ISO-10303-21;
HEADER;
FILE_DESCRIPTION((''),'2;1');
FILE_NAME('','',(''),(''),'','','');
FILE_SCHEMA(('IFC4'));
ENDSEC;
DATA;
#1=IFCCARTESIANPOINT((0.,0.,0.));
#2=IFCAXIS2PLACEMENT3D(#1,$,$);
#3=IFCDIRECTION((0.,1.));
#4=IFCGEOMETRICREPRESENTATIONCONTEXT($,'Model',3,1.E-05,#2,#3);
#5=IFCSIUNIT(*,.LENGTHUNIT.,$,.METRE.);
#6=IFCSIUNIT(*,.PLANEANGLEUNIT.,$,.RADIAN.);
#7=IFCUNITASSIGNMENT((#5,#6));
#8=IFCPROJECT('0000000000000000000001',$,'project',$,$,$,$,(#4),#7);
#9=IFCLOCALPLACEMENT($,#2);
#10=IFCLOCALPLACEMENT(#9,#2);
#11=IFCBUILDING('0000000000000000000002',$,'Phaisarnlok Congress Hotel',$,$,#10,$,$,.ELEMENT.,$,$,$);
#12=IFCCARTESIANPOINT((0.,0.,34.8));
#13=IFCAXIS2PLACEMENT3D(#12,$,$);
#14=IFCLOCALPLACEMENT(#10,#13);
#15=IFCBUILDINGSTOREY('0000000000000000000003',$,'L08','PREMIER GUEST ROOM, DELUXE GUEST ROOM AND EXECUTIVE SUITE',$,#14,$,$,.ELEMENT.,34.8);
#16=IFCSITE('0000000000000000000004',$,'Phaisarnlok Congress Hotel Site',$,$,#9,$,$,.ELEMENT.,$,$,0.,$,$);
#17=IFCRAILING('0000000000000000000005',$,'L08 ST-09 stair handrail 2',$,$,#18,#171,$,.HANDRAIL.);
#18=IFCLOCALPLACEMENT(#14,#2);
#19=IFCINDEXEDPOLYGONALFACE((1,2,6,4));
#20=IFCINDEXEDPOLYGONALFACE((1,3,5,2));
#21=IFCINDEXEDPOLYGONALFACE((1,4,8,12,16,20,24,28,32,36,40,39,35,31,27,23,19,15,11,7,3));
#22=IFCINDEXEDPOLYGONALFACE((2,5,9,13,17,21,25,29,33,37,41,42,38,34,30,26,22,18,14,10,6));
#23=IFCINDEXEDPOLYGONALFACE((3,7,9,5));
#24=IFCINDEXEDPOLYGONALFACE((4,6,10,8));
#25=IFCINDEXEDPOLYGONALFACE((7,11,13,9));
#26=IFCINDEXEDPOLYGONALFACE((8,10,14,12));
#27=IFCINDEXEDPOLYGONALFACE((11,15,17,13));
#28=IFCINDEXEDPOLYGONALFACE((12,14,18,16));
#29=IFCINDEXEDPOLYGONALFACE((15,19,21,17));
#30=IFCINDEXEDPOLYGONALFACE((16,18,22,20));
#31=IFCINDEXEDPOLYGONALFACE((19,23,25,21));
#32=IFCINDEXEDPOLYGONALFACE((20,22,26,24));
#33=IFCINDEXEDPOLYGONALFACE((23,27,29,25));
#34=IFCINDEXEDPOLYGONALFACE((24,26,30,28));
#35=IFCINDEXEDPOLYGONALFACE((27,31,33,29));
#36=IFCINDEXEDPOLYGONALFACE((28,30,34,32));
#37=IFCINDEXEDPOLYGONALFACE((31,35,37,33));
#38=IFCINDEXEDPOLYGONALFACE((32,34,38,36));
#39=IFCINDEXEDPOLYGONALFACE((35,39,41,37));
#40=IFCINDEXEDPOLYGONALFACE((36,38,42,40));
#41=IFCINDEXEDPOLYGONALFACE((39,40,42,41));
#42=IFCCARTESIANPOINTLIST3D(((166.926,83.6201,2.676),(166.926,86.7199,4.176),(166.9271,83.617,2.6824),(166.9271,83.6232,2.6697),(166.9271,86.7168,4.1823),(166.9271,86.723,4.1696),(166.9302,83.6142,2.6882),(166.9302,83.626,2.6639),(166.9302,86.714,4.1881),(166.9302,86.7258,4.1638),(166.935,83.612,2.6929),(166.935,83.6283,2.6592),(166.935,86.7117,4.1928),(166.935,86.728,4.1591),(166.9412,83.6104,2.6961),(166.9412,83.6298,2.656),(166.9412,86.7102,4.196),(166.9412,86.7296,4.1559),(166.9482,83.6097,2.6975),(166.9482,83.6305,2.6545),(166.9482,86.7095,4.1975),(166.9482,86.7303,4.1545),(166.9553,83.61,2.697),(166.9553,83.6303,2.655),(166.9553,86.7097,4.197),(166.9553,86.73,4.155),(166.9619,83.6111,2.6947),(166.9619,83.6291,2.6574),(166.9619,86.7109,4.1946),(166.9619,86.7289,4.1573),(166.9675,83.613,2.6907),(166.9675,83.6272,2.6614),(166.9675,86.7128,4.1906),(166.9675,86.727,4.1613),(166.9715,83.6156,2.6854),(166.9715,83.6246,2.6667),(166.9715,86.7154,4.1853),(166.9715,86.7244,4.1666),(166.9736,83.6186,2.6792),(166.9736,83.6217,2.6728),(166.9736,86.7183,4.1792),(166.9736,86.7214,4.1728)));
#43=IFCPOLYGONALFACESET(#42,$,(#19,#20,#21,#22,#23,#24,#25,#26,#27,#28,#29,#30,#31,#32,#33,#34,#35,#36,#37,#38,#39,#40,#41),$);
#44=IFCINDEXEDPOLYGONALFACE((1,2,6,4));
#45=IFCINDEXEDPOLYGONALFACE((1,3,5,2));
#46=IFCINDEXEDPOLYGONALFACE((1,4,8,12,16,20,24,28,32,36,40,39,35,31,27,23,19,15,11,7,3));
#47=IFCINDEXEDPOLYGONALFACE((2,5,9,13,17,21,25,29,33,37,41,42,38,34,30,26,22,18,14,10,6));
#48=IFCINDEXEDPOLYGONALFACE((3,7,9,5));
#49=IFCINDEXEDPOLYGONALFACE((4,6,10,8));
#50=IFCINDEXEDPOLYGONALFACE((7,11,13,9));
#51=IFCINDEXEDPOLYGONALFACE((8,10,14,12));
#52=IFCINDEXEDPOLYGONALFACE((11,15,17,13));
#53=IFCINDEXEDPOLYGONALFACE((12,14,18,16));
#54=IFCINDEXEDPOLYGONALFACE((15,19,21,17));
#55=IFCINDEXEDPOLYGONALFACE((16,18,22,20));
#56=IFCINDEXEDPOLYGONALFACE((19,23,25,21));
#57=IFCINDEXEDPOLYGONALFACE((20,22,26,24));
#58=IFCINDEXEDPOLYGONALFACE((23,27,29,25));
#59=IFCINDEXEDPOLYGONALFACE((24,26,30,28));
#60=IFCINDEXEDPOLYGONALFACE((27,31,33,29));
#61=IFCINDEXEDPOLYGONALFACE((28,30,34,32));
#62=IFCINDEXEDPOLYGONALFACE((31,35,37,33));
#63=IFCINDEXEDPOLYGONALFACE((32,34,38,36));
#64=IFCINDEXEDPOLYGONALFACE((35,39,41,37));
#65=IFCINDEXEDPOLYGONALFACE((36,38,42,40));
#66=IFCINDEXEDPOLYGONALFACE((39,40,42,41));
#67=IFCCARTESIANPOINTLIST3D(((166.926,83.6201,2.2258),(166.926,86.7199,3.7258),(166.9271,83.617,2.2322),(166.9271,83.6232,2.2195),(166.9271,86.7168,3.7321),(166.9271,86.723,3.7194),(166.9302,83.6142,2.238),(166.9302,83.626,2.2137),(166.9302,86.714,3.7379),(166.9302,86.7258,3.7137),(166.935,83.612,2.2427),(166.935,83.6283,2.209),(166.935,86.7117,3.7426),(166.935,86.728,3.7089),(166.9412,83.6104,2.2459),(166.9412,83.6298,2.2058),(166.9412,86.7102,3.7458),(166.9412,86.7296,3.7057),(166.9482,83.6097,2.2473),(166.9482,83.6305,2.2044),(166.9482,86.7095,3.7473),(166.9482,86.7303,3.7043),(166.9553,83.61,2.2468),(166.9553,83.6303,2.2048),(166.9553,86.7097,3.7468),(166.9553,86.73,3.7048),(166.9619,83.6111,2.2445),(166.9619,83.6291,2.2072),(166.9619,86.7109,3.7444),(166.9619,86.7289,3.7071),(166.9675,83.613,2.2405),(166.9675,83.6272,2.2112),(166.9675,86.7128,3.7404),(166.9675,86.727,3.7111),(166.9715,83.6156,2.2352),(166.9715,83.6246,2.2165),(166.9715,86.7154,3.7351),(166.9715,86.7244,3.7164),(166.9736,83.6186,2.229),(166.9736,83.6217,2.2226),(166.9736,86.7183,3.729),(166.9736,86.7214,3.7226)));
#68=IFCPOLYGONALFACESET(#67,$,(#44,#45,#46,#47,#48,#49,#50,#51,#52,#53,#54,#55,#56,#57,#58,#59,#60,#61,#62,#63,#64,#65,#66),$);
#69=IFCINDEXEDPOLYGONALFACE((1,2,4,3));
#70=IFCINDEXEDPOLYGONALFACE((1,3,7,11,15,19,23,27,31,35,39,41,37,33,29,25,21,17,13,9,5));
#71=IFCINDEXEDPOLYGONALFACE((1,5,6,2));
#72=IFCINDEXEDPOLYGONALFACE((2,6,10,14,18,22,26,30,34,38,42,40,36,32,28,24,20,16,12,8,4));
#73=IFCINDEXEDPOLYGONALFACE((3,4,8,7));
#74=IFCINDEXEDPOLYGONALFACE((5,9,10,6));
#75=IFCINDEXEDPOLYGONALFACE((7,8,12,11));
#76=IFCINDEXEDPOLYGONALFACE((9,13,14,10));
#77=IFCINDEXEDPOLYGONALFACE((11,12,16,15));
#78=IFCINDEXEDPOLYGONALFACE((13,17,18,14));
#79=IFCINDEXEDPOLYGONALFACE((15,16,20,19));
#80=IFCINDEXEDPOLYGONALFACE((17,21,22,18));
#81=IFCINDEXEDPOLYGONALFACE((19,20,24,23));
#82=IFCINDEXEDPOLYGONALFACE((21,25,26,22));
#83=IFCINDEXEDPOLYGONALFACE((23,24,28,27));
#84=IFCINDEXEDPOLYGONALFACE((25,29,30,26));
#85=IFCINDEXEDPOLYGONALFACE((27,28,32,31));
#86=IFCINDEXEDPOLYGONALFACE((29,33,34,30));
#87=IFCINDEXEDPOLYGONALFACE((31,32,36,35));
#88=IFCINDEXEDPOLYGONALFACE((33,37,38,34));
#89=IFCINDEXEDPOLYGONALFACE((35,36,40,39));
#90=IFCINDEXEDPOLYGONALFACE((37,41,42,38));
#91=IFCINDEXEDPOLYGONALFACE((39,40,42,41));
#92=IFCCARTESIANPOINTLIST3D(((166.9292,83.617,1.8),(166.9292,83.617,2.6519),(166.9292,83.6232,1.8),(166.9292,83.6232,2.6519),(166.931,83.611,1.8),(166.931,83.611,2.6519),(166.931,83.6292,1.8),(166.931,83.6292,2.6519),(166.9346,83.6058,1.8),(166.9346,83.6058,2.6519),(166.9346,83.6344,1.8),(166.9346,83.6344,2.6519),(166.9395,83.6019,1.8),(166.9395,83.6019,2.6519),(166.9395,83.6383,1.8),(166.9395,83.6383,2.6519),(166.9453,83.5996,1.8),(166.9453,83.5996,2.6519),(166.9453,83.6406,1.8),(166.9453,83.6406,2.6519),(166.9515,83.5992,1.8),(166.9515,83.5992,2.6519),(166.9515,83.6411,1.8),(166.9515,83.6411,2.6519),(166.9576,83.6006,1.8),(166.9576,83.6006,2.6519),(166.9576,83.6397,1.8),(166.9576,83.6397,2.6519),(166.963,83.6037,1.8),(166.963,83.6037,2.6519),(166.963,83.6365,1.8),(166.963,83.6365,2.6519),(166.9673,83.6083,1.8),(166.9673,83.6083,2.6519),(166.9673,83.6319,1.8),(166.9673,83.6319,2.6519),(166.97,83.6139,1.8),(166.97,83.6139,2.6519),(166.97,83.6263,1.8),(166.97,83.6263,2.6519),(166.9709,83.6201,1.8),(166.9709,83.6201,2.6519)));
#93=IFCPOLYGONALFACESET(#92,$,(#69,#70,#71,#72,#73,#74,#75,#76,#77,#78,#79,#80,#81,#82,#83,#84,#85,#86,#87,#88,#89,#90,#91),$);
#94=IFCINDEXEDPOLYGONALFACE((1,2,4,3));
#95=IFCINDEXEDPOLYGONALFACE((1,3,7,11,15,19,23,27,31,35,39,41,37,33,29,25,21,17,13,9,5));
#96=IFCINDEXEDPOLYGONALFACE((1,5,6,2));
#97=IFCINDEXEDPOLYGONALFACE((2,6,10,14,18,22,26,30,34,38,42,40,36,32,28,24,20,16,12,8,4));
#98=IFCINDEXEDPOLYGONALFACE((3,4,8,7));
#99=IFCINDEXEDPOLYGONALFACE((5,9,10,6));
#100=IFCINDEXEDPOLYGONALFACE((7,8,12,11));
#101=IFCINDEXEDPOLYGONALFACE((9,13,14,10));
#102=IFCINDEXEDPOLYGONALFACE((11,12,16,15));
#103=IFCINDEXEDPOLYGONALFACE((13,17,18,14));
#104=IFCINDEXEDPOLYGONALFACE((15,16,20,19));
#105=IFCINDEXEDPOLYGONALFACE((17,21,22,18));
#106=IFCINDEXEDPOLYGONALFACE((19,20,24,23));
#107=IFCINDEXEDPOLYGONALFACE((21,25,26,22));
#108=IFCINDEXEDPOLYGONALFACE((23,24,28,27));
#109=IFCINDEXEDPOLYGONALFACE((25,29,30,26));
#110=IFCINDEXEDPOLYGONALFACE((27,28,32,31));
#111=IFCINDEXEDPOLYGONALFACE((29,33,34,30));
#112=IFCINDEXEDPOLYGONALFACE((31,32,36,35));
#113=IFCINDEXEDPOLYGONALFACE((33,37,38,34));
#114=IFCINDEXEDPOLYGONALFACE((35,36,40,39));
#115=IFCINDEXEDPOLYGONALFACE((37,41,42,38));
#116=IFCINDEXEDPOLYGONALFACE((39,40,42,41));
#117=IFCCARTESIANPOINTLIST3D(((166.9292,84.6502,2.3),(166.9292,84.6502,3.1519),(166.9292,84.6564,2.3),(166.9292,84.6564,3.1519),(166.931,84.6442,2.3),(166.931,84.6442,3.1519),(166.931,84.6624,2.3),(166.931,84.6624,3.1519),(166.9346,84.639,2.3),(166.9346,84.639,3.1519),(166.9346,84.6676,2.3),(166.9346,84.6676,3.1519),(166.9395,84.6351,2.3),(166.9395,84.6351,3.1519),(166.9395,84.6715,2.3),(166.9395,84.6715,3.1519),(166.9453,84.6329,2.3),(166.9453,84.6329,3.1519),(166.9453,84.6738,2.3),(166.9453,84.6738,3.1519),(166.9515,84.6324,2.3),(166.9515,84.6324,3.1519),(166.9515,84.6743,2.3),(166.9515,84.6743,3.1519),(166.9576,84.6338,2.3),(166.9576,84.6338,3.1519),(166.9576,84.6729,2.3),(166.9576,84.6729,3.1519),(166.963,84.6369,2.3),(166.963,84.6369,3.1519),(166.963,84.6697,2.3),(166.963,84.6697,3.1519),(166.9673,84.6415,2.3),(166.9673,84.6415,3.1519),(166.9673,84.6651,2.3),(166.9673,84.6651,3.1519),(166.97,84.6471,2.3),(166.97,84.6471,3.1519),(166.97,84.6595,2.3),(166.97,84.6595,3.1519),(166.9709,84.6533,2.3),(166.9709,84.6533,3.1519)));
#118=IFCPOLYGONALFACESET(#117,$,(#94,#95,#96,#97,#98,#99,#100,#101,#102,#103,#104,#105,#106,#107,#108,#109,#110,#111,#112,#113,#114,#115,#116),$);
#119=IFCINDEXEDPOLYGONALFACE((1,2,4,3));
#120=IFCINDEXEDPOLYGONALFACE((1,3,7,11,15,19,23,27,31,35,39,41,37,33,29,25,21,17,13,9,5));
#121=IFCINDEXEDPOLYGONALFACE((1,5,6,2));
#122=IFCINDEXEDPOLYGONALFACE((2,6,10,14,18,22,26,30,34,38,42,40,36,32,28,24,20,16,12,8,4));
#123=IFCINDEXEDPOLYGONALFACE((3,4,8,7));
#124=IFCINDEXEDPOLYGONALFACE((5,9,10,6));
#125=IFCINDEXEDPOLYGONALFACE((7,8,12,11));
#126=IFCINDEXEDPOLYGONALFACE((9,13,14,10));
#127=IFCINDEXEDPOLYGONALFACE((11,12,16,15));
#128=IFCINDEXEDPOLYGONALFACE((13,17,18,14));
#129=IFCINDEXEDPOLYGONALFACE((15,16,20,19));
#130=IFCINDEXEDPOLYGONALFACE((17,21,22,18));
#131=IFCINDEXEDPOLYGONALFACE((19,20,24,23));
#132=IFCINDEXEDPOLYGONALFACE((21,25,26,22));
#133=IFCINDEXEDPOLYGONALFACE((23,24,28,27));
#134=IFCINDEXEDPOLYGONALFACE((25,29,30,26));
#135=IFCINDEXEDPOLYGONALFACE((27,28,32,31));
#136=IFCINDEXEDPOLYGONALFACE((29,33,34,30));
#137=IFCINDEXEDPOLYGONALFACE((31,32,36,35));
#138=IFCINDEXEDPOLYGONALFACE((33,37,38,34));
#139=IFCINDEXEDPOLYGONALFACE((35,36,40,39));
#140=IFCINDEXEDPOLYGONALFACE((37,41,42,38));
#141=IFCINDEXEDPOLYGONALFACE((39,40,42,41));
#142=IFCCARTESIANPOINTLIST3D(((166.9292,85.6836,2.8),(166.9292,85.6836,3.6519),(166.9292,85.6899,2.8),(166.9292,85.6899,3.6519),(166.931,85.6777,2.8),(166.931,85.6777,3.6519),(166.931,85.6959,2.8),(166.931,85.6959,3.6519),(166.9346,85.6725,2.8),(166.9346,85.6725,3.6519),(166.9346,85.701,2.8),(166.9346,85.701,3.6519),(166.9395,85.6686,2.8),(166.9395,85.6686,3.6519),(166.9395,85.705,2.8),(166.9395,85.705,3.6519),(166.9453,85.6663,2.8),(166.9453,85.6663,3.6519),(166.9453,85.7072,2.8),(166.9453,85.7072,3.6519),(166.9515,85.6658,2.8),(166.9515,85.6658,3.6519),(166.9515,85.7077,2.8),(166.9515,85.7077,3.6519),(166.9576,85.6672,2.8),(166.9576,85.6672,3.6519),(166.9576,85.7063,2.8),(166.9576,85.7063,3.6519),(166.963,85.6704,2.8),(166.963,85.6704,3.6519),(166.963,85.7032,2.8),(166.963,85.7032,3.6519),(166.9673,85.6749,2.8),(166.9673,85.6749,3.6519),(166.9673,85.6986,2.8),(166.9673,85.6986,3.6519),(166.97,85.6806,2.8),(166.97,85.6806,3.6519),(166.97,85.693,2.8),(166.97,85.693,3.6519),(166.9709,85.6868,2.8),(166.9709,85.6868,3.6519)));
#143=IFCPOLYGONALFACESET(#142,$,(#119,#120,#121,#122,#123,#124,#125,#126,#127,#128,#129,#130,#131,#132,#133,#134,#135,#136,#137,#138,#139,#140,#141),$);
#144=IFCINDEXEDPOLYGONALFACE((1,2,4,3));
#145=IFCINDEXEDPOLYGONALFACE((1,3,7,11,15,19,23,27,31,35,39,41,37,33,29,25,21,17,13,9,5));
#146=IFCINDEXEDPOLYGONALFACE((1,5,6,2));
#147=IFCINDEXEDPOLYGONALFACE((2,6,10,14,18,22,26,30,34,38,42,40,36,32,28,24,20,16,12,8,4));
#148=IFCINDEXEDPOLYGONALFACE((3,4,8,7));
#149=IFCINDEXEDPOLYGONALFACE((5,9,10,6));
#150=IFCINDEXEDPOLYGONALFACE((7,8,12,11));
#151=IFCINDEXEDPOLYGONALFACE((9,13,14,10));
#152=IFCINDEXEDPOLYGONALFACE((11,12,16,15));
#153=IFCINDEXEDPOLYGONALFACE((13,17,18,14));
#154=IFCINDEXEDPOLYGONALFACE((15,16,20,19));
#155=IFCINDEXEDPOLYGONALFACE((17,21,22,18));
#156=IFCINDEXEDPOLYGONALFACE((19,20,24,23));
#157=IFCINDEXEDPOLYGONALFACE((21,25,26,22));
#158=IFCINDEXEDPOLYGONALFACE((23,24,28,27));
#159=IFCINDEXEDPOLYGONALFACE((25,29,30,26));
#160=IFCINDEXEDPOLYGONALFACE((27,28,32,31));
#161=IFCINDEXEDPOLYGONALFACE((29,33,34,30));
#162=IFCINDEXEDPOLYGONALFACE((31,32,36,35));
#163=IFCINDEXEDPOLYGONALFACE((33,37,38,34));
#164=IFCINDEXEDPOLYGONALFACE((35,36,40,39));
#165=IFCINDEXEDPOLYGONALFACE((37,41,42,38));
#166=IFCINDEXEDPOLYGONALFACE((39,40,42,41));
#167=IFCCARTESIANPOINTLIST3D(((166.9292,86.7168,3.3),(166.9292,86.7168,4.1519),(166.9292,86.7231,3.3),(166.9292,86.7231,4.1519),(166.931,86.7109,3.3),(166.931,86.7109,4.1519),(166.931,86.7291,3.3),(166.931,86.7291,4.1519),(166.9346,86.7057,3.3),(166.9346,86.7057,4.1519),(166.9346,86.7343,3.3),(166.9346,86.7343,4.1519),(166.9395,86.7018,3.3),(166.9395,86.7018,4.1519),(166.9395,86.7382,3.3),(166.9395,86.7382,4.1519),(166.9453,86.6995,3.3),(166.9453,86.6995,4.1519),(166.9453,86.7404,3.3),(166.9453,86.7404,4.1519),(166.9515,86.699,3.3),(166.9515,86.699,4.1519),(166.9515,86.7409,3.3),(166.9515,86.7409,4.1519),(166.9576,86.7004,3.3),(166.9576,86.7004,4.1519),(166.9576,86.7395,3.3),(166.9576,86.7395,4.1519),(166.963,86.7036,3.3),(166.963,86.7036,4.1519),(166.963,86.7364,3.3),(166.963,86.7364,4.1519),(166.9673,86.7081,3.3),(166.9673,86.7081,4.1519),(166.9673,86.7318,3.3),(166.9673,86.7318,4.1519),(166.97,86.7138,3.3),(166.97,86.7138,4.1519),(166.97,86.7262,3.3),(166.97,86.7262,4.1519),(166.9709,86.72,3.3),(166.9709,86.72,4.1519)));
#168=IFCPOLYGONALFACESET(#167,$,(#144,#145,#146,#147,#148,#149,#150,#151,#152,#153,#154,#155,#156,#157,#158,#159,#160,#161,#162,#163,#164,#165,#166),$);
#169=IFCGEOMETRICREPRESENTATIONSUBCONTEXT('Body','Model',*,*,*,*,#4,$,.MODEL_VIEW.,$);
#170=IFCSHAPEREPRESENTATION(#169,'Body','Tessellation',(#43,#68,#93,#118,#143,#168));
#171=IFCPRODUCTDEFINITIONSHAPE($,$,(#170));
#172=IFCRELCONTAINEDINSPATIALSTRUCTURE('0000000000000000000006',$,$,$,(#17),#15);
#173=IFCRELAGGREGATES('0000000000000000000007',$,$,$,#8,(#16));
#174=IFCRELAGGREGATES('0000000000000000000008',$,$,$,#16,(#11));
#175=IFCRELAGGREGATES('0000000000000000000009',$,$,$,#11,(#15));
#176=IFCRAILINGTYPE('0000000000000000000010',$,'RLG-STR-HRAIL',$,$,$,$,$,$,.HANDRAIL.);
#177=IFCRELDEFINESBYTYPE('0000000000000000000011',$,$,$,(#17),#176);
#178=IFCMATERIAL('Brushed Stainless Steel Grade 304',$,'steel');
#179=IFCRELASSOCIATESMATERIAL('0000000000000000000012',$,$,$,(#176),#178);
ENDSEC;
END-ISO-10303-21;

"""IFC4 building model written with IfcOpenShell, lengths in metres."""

from ifc_helpers import new_model, si_unit, direction, frame, origin, origin_2d, place, context, subcontext, project, spatial, circle, extrude, material, type_object, element, save


model = new_model("IFC4")

# Units and contexts
model_context = context("Model", 3, precision=1e-05, world=origin(), true_north=direction((0.0, 1.0)))
body_context = subcontext(model_context, "Body", "Model", "MODEL_VIEW")
ifc_project = project(units=[si_unit("LENGTHUNIT", "METRE"), si_unit("PLANEANGLEUNIT", "RADIAN")], contexts=[model_context])

# Site, building, storey
site_placement = place(None, origin())
site = spatial("IfcSite", under=ifc_project, at=site_placement, Name="Phaisarnlok Congress Hotel Site", CompositionType="ELEMENT", RefElevation=0.0)
building_placement = place(site_placement, origin())
building = spatial("IfcBuilding", under=site, at=building_placement, Name="Phaisarnlok Congress Hotel", CompositionType="ELEMENT")
storey_placement = place(building_placement, frame((0.0, 0.0, 34.8)))
storey = spatial("IfcBuildingStorey", under=building, at=storey_placement, Name="L08", Description="PREMIER GUEST ROOM, DELUXE GUEST ROOM AND EXECUTIVE SUITE", CompositionType="ELEMENT", Elevation=34.8)

# Railing
ifc_material_1 = material(Name="Brushed Stainless Steel Grade 304", Category="steel")
railing_type_1 = type_object("IfcRailingType", Name="RLG-STR-HRAIL", PredefinedType="HANDRAIL", material=ifc_material_1)
railing_1_placement = place(storey_placement, frame((166.95, 83.6201, 1.8)))
element("IfcRailing", 1, at=railing_1_placement, inside=storey, type_object=railing_type_1, Name="L08 ST-09 stair handrail 2", PredefinedType="HANDRAIL", context=body_context, shape_type="SweptSolid", body=[
    extrude(circle(Radius=0.0239, at=origin_2d()), frame((0.0, 0.0, 0.876), z_axis=(0.0, 0.900151, 0.435578), x_axis=(-1.0, 0.0, 0.0)), (0.0, 0.0, 1.0), 3.4436),
    extrude(circle(Radius=0.0239, at=origin_2d()), frame((0.0, 0.0, 0.4258), z_axis=(0.0, 0.900151, 0.435578), x_axis=(-1.0, 0.0, 0.0)), (0.0, 0.0, 1.0), 3.4436),
    extrude(circle(Radius=0.021, at=origin_2d()), origin(), (0.0, 0.0, 1.0), 0.8518),
    extrude(circle(Radius=0.021, at=origin_2d()), frame((0.0, 1.0332, 0.5)), (0.0, 0.0, 1.0), 0.8518),
    extrude(circle(Radius=0.021, at=origin_2d()), frame((0.0, 2.0667, 1.0)), (0.0, 0.0, 1.0), 0.8518),
    extrude(circle(Radius=0.021, at=origin_2d()), frame((0.0, 3.0999, 1.5)), (0.0, 0.0, 1.0), 0.8518),
])

save(model, "model.ifc")
